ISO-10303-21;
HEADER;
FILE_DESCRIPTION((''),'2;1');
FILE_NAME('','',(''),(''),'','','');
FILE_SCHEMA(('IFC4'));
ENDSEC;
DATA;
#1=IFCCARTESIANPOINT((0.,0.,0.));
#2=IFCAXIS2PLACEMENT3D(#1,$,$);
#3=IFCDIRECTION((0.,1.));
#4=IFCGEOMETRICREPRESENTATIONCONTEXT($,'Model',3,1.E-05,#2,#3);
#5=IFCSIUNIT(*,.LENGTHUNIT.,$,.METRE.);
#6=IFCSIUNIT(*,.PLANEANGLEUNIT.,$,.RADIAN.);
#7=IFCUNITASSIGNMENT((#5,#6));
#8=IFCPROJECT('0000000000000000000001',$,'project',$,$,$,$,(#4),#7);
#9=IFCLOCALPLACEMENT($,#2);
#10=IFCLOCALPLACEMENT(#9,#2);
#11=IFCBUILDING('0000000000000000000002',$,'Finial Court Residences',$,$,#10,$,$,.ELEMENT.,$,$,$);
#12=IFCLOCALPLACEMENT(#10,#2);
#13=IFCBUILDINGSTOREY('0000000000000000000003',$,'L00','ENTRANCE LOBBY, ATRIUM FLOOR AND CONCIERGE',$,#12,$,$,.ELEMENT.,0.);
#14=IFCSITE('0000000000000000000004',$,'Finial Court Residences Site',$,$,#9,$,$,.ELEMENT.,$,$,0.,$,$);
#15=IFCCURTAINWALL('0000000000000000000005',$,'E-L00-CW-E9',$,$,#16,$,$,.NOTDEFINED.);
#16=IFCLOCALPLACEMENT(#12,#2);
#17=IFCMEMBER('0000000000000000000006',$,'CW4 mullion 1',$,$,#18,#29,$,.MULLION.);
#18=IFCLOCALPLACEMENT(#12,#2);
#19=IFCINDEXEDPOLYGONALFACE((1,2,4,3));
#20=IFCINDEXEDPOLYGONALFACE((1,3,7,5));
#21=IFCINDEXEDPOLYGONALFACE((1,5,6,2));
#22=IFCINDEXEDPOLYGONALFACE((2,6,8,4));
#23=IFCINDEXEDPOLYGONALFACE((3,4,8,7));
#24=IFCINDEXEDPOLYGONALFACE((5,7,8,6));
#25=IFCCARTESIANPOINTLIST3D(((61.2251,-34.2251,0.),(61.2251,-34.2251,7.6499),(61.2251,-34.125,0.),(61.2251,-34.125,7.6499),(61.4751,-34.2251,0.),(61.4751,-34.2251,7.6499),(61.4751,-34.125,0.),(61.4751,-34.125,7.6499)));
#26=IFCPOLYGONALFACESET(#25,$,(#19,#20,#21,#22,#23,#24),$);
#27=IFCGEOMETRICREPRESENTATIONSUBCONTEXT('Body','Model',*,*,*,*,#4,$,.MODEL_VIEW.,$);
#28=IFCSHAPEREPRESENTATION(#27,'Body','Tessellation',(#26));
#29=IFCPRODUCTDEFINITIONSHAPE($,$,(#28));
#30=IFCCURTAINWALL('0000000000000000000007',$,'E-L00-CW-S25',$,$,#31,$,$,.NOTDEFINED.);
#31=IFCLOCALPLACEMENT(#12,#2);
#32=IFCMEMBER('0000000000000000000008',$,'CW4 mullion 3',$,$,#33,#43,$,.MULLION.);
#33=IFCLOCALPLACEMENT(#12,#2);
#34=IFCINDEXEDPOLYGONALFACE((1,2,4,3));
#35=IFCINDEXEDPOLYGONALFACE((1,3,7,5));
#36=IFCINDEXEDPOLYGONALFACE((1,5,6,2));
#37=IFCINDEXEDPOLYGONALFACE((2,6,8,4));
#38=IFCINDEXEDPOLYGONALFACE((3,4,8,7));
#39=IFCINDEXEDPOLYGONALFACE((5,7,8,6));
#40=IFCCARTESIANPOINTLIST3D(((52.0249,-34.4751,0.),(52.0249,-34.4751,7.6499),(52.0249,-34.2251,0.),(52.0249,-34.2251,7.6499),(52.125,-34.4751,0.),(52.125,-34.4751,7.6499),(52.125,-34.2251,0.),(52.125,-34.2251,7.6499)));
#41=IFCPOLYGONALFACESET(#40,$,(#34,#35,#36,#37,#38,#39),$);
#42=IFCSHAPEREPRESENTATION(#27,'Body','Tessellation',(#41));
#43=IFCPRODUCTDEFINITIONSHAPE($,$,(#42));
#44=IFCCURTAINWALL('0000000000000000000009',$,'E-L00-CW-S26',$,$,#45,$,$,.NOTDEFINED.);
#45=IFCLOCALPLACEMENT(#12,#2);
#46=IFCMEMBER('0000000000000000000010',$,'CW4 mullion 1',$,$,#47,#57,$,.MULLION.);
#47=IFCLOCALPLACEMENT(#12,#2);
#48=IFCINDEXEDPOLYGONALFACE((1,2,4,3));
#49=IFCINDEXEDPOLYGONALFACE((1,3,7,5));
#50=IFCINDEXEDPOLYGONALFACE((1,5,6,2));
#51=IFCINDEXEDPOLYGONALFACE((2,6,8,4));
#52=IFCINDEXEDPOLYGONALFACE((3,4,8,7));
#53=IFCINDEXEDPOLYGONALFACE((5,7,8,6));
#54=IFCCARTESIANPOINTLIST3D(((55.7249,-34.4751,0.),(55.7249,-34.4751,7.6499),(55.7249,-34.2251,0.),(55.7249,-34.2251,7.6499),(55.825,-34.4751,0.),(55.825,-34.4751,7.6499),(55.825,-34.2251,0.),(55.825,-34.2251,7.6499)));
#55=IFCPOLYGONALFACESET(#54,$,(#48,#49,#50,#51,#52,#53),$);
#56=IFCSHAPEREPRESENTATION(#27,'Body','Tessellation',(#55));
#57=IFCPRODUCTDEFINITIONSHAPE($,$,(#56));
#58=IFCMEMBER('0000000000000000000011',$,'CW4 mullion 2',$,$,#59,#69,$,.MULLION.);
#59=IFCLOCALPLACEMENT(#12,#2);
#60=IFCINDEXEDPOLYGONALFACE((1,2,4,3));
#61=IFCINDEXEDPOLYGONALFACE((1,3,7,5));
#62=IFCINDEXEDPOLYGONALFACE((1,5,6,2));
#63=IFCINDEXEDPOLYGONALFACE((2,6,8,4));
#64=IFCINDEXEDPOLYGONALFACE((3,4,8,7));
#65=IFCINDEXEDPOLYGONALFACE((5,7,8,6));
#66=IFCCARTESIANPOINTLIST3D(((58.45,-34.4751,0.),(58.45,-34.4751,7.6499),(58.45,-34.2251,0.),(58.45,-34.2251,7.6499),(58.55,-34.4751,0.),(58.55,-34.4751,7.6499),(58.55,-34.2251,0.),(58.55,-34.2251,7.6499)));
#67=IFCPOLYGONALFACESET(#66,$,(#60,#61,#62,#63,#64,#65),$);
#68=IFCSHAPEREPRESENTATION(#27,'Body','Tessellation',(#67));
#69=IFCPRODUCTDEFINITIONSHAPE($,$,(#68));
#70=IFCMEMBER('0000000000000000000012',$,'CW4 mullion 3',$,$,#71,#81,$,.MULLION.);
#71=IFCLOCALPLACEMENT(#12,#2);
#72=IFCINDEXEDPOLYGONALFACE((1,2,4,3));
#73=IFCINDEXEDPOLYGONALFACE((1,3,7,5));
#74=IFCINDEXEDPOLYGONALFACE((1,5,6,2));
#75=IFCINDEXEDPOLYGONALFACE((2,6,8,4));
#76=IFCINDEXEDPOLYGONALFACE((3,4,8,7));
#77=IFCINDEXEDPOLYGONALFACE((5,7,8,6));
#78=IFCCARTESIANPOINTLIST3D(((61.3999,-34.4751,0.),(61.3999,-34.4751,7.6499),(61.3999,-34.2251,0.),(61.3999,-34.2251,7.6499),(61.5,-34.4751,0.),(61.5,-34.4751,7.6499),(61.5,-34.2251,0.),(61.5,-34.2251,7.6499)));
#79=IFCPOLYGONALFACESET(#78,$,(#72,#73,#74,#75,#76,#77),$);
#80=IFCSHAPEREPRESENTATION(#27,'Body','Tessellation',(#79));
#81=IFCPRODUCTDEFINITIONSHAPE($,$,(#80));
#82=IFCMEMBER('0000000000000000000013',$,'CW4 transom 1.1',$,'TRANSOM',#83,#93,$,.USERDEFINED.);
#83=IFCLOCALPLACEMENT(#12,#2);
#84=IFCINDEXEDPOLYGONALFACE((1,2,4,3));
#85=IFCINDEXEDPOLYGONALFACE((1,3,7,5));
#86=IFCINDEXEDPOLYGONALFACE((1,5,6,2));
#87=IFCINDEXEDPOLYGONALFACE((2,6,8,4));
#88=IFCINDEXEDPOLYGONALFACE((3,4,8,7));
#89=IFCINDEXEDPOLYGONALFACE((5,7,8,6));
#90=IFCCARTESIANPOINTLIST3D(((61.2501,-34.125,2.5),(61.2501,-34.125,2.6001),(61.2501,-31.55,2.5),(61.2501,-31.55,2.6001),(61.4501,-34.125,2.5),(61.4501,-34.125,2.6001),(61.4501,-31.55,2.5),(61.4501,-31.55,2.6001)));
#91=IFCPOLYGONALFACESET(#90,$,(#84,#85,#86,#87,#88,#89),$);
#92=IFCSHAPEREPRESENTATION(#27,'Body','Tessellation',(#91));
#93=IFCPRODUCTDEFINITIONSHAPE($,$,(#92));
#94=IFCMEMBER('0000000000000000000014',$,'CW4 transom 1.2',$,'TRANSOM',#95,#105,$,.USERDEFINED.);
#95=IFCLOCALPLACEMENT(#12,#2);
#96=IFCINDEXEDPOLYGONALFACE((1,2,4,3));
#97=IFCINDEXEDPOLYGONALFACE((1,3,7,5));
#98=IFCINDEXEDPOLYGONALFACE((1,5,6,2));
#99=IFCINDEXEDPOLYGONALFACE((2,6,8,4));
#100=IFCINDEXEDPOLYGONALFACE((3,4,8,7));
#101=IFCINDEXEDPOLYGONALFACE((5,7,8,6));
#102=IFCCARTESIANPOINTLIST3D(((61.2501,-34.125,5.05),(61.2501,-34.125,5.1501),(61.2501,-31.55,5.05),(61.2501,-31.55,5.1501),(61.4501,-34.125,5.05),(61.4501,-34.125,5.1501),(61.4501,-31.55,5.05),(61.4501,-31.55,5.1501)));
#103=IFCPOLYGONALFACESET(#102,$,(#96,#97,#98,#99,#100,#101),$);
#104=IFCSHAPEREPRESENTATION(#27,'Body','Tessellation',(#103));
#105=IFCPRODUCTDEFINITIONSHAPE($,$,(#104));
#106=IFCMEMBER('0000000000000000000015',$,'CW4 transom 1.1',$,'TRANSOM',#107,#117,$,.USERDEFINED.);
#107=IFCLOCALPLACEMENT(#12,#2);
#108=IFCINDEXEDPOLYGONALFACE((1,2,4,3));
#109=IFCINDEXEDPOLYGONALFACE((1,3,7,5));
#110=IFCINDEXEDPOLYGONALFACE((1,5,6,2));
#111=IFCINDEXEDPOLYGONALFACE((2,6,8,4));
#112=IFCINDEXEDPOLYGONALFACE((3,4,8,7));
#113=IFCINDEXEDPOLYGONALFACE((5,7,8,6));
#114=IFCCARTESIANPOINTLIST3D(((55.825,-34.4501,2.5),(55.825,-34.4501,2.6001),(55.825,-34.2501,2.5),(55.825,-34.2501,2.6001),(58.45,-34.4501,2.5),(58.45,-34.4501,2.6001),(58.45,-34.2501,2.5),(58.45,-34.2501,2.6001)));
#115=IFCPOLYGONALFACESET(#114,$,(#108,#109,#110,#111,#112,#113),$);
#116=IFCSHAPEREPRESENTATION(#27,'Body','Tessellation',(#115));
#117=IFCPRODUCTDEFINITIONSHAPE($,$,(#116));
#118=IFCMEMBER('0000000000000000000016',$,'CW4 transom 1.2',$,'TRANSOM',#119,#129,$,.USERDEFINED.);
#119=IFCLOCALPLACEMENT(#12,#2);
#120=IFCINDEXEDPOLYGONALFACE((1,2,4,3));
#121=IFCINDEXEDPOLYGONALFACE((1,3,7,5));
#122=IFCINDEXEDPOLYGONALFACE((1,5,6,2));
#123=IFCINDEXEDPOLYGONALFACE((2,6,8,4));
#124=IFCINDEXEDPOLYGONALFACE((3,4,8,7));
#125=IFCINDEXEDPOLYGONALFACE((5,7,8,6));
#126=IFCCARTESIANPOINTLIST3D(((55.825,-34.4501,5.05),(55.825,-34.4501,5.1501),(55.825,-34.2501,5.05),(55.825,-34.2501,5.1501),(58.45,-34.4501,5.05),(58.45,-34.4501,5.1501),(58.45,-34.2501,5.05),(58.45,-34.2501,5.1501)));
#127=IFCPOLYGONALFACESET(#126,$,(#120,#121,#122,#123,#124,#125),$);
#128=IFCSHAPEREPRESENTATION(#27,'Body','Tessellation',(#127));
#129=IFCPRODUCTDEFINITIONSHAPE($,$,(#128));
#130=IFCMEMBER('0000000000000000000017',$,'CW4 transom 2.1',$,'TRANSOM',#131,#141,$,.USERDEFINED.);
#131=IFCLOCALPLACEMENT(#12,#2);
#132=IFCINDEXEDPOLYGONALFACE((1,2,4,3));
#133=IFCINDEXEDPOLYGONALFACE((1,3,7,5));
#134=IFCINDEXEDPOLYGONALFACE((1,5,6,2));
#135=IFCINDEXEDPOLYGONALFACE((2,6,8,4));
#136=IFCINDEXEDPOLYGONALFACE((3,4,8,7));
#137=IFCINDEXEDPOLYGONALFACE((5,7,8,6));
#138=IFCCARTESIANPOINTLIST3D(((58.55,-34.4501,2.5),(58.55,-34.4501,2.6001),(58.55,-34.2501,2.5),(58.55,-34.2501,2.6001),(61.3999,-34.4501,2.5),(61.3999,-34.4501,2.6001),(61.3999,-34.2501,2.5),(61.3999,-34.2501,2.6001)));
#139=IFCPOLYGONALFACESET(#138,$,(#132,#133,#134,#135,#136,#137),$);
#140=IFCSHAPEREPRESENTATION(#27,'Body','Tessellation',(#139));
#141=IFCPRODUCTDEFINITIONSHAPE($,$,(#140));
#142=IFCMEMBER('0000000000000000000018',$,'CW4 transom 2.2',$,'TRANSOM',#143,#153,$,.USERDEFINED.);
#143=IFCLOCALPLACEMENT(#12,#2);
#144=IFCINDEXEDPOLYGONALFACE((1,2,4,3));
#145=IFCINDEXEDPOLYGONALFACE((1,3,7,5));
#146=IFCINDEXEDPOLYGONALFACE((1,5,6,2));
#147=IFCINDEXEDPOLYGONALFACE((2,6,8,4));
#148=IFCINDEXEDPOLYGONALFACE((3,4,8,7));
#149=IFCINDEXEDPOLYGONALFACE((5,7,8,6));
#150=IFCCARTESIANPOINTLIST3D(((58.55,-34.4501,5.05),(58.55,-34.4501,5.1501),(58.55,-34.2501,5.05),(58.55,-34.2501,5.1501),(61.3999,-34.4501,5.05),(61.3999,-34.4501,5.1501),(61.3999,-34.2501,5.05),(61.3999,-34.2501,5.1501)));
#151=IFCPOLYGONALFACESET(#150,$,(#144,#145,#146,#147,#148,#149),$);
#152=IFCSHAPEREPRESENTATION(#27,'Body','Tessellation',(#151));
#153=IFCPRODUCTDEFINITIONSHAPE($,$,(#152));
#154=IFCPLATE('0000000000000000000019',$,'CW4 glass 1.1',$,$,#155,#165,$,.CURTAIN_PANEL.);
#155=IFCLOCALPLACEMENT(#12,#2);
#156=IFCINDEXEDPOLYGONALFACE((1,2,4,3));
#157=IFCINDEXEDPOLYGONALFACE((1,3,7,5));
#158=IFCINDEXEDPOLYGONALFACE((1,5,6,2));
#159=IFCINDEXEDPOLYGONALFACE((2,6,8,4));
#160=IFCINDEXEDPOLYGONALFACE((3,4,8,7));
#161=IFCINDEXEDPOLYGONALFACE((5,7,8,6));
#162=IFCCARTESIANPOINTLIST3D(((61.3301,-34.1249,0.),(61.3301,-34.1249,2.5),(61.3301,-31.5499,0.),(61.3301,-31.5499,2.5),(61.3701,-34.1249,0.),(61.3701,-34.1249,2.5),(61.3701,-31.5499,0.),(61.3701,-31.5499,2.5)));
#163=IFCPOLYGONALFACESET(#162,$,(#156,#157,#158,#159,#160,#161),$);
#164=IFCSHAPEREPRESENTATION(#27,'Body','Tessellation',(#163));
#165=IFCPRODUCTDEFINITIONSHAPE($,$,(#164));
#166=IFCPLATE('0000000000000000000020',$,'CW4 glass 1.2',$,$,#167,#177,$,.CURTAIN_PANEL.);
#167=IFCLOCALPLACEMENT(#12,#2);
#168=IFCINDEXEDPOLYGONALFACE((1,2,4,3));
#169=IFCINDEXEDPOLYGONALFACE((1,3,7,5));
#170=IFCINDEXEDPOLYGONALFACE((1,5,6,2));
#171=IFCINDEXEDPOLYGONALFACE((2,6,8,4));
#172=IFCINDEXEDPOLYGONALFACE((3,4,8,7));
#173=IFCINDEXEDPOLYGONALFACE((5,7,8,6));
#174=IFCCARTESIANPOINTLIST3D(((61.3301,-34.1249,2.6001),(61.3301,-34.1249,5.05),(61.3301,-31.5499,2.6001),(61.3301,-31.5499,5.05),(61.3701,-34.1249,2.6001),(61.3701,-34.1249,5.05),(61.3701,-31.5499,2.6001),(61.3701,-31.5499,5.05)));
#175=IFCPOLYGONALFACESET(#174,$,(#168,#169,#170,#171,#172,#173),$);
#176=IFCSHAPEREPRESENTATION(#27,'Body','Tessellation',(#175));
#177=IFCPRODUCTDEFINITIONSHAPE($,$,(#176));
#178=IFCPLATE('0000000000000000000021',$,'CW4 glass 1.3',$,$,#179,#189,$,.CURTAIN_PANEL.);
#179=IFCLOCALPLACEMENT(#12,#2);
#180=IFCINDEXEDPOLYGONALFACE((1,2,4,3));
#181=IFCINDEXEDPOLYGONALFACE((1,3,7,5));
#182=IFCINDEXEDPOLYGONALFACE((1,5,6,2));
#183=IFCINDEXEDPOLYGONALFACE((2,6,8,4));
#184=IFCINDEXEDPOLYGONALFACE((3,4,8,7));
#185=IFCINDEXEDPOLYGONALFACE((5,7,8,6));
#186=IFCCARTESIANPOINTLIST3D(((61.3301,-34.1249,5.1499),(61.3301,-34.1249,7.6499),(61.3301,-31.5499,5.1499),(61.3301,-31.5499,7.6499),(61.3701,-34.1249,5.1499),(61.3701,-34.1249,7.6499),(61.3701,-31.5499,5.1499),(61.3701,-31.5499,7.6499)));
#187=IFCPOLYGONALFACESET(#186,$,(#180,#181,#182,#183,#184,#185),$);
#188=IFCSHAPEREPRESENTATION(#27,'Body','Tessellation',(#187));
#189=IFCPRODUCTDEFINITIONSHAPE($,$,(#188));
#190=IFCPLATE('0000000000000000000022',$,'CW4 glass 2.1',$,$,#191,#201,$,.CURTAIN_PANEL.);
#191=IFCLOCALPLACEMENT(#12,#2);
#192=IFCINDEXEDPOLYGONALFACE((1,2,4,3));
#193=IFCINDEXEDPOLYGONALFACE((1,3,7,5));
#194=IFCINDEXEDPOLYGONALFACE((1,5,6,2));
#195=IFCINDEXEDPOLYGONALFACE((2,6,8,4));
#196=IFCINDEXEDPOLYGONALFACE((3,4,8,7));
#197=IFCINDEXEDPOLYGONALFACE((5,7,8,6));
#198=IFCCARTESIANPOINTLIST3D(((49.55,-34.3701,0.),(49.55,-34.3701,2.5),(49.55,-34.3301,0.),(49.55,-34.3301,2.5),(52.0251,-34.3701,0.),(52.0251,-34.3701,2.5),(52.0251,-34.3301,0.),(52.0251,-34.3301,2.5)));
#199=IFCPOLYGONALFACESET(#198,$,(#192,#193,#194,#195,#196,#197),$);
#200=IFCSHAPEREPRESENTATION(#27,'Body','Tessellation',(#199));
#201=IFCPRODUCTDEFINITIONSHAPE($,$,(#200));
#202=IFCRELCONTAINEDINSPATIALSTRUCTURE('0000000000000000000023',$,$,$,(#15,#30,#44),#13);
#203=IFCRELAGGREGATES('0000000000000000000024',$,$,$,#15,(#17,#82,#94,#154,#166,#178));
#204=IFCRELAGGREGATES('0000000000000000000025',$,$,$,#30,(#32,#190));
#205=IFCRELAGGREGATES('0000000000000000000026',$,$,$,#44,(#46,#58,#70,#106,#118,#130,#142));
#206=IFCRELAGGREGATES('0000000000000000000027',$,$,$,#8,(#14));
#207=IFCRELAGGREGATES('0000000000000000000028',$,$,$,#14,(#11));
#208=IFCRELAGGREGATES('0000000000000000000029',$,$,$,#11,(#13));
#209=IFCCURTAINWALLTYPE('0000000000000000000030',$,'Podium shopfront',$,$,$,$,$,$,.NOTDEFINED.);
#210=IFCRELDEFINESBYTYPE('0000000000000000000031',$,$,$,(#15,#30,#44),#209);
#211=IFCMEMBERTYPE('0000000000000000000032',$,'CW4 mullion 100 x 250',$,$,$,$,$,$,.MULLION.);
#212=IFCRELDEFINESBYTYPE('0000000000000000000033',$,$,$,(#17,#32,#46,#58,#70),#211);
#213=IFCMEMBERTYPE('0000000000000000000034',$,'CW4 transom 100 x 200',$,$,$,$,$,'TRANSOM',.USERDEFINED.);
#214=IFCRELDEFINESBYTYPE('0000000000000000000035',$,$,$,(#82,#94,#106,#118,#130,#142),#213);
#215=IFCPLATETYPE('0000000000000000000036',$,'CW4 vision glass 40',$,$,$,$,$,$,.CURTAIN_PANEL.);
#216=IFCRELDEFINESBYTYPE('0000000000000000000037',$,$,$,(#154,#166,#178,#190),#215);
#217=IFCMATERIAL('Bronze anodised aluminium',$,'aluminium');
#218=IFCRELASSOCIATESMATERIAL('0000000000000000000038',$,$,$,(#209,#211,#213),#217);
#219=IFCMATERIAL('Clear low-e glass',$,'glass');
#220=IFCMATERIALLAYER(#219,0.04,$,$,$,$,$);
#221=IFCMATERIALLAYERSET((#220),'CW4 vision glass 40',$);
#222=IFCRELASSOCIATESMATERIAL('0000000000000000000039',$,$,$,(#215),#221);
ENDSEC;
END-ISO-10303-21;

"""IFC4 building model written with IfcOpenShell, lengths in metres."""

from ifc_helpers import new_model, si_unit, direction, frame, origin, origin_2d, place, context, subcontext, project, spatial, rectangle, extrude, material, layer, layer_set, material_profile, profile_set, type_object, element, aggregate, save


model = new_model("IFC4")

# Units and contexts
model_context = context("Model", 3, precision=1e-05, world=origin(), true_north=direction((0.0, 1.0)))
body_context = subcontext(model_context, "Body", "Model", "MODEL_VIEW")
ifc_project = project(units=[si_unit("LENGTHUNIT", "METRE"), si_unit("PLANEANGLEUNIT", "RADIAN")], contexts=[model_context])

# Site, building, storey
site_placement = place(None, origin())
site = spatial("IfcSite", under=ifc_project, at=site_placement, Name="Finial Court Residences Site", CompositionType="ELEMENT", RefElevation=0.0)
building_placement = place(site_placement, origin())
building = spatial("IfcBuilding", under=site, at=building_placement, Name="Finial Court Residences", CompositionType="ELEMENT")
storey_placement = place(building_placement, origin())
storey = spatial("IfcBuildingStorey", under=building, at=storey_placement, Name="L00", Description="ENTRANCE LOBBY, ATRIUM FLOOR AND CONCIERGE", CompositionType="ELEMENT", Elevation=0.0)

# Curtain walls, members
ifc_material_1 = material(Name="Bronze anodised aluminium", Category="aluminium")
curtain_wall_type = type_object("IfcCurtainWallType", Name="Podium shopfront", PredefinedType="NOTDEFINED", material=ifc_material_1)
curtain_wall_1_placement = place(storey_placement, origin())
curtain_wall_1 = element("IfcCurtainWall", 1, at=curtain_wall_1_placement, inside=storey, type_object=curtain_wall_type, Name="E-L00-CW-E9", PredefinedType="NOTDEFINED")
ifc_material_profile_1 = material_profile(ifc_material_1, rectangle(XDim=0.25, YDim=0.1001, at=origin_2d()), Name="CW4 mullion 100 x 250")
ifc_profile_set_1 = profile_set([ifc_material_profile_1], Name="Bronze anodised aluminium")
member_type_1 = type_object("IfcMemberType", Name="CW4 mullion 100 x 250", PredefinedType="MULLION", material=ifc_profile_set_1)
member_1_placement = place(storey_placement, frame((61.3501, -34.175, 0.0), z_axis=(0.0, 0.0, 1.0), x_axis=(-1.0, 0.0, 0.0)))
member_1 = element("IfcMember", 2, at=member_1_placement, type_object=member_type_1, Name="CW4 mullion 1", PredefinedType="MULLION", context=body_context, shape_type="SweptSolid", body=[
    extrude(rectangle(XDim=0.25, YDim=0.1001, at=origin_2d()), origin(), (0.0, 0.0, 1.0), 7.6499),
])
curtain_wall_2_placement = place(storey_placement, origin())
curtain_wall_2 = element("IfcCurtainWall", 3, at=curtain_wall_2_placement, inside=storey, type_object=curtain_wall_type, Name="E-L00-CW-S25", PredefinedType="NOTDEFINED")
member_2_placement = place(storey_placement, frame((52.075, -34.3501, 0.0), z_axis=(0.0, 0.0, 1.0), x_axis=(0.0, 1.0, 0.0)))
member_2 = element("IfcMember", 4, at=member_2_placement, type_object=member_type_1, Name="CW4 mullion 3", PredefinedType="MULLION", context=body_context, shape_type="SweptSolid", body=[
    extrude(rectangle(XDim=0.25, YDim=0.1001, at=origin_2d()), origin(), (0.0, 0.0, 1.0), 7.6499),
])

# Curtain wall, members
curtain_wall_3_placement = place(storey_placement, origin())
curtain_wall_3 = element("IfcCurtainWall", 5, at=curtain_wall_3_placement, inside=storey, type_object=curtain_wall_type, Name="E-L00-CW-S26", PredefinedType="NOTDEFINED")
member_3_placement = place(storey_placement, frame((55.7749, -34.3501, 0.0), z_axis=(0.0, 0.0, 1.0), x_axis=(0.0, 1.0, 0.0)))
member_3 = element("IfcMember", 6, at=member_3_placement, type_object=member_type_1, Name="CW4 mullion 1", PredefinedType="MULLION", context=body_context, shape_type="SweptSolid", body=[
    extrude(rectangle(XDim=0.25, YDim=0.1001, at=origin_2d()), origin(), (0.0, 0.0, 1.0), 7.6499),
])
member_4_placement = place(storey_placement, frame((58.5, -34.3501, 0.0), z_axis=(0.0, 0.0, 1.0), x_axis=(0.0, 1.0, 0.0)))
member_4 = element("IfcMember", 7, at=member_4_placement, type_object=member_type_1, Name="CW4 mullion 2", PredefinedType="MULLION", context=body_context, shape_type="SweptSolid", body=[
    extrude(rectangle(XDim=0.25, YDim=0.1001, at=origin_2d()), origin(), (0.0, 0.0, 1.0), 7.6499),
])
member_5_placement = place(storey_placement, frame((61.45, -34.3501, 0.0), z_axis=(0.0, 0.0, 1.0), x_axis=(0.0, 1.0, 0.0)))
member_5 = element("IfcMember", 8, at=member_5_placement, type_object=member_type_1, Name="CW4 mullion 3", PredefinedType="MULLION", context=body_context, shape_type="SweptSolid", body=[
    extrude(rectangle(XDim=0.25, YDim=0.1001, at=origin_2d()), origin(), (0.0, 0.0, 1.0), 7.6499),
])

# Members
ifc_material_profile_2 = material_profile(ifc_material_1, rectangle(XDim=0.2, YDim=0.1001, at=origin_2d()), Name="CW4 transom 100 x 200")
ifc_profile_set_2 = profile_set([ifc_material_profile_2], Name="Bronze anodised aluminium")
member_type_2 = type_object("IfcMemberType", Name="CW4 transom 100 x 200", ElementType="TRANSOM", PredefinedType="USERDEFINED", material=ifc_profile_set_2)
member_6_placement = place(storey_placement, frame((61.3501, -34.125, 2.55), z_axis=(0.0, 1.0, 0.0), x_axis=(-1.0, 0.0, 0.0)))
member_6 = element("IfcMember", 9, at=member_6_placement, type_object=member_type_2, Name="CW4 transom 1.1", ObjectType="TRANSOM", PredefinedType="USERDEFINED", context=body_context, shape_type="SweptSolid", body=[
    extrude(rectangle(XDim=0.2, YDim=0.1001, at=origin_2d()), origin(), (0.0, 0.0, 1.0), 2.575),
])
member_7_placement = place(storey_placement, frame((61.3501, -34.125, 5.1001), z_axis=(0.0, 1.0, 0.0), x_axis=(-1.0, 0.0, 0.0)))
member_7 = element("IfcMember", 10, at=member_7_placement, type_object=member_type_2, Name="CW4 transom 1.2", ObjectType="TRANSOM", PredefinedType="USERDEFINED", context=body_context, shape_type="SweptSolid", body=[
    extrude(rectangle(XDim=0.2, YDim=0.1001, at=origin_2d()), origin(), (0.0, 0.0, 1.0), 2.575),
])
member_8_placement = place(storey_placement, frame((55.825, -34.3501, 2.55), z_axis=(1.0, 0.0, 0.0), x_axis=(0.0, 1.0, 0.0)))
member_8 = element("IfcMember", 11, at=member_8_placement, type_object=member_type_2, Name="CW4 transom 1.1", ObjectType="TRANSOM", PredefinedType="USERDEFINED", context=body_context, shape_type="SweptSolid", body=[
    extrude(rectangle(XDim=0.2, YDim=0.1001, at=origin_2d()), origin(), (0.0, 0.0, 1.0), 2.625),
])
member_9_placement = place(storey_placement, frame((55.825, -34.3501, 5.1001), z_axis=(1.0, 0.0, 0.0), x_axis=(0.0, 1.0, 0.0)))
member_9 = element("IfcMember", 12, at=member_9_placement, type_object=member_type_2, Name="CW4 transom 1.2", ObjectType="TRANSOM", PredefinedType="USERDEFINED", context=body_context, shape_type="SweptSolid", body=[
    extrude(rectangle(XDim=0.2, YDim=0.1001, at=origin_2d()), origin(), (0.0, 0.0, 1.0), 2.625),
])
member_10_placement = place(storey_placement, frame((58.55, -34.3501, 2.55), z_axis=(1.0, 0.0, 0.0), x_axis=(0.0, 1.0, 0.0)))
member_10 = element("IfcMember", 13, at=member_10_placement, type_object=member_type_2, Name="CW4 transom 2.1", ObjectType="TRANSOM", PredefinedType="USERDEFINED", context=body_context, shape_type="SweptSolid", body=[
    extrude(rectangle(XDim=0.2, YDim=0.1001, at=origin_2d()), origin(), (0.0, 0.0, 1.0), 2.8499),
])
member_11_placement = place(storey_placement, frame((58.55, -34.3501, 5.1001), z_axis=(1.0, 0.0, 0.0), x_axis=(0.0, 1.0, 0.0)))
member_11 = element("IfcMember", 14, at=member_11_placement, type_object=member_type_2, Name="CW4 transom 2.2", ObjectType="TRANSOM", PredefinedType="USERDEFINED", context=body_context, shape_type="SweptSolid", body=[
    extrude(rectangle(XDim=0.2, YDim=0.1001, at=origin_2d()), origin(), (0.0, 0.0, 1.0), 2.8499),
])

# Plates
ifc_material_2 = material(Name="Clear low-e glass", Category="glass")
ifc_layer_1 = layer(ifc_material_2, 0.04)
ifc_layer_set_1 = layer_set([ifc_layer_1], Name="CW4 vision glass 40")
plate_type = type_object("IfcPlateType", Name="CW4 vision glass 40", PredefinedType="CURTAIN_PANEL", material=ifc_layer_set_1)
plate_1_placement = place(storey_placement, frame((61.3501, -32.8374, 0.0), z_axis=(0.0, 0.0, 1.0), x_axis=(0.0, 1.0, 0.0)))
plate_1 = element("IfcPlate", 15, at=plate_1_placement, type_object=plate_type, Name="CW4 glass 1.1", PredefinedType="CURTAIN_PANEL", context=body_context, shape_type="SweptSolid", body=[
    extrude(rectangle(XDim=2.575, YDim=0.04, at=origin_2d()), origin(), (0.0, 0.0, 1.0), 2.5),
])
plate_2_placement = place(storey_placement, frame((61.3501, -32.8374, 2.6001), z_axis=(0.0, 0.0, 1.0), x_axis=(0.0, 1.0, 0.0)))
plate_2 = element("IfcPlate", 16, at=plate_2_placement, type_object=plate_type, Name="CW4 glass 1.2", PredefinedType="CURTAIN_PANEL", context=body_context, shape_type="SweptSolid", body=[
    extrude(rectangle(XDim=2.575, YDim=0.04, at=origin_2d()), origin(), (0.0, 0.0, 1.0), 2.45),
])
plate_3_placement = place(storey_placement, frame((61.3501, -32.8374, 5.1499), z_axis=(0.0, 0.0, 1.0), x_axis=(0.0, 1.0, 0.0)))
plate_3 = element("IfcPlate", 17, at=plate_3_placement, type_object=plate_type, Name="CW4 glass 1.3", PredefinedType="CURTAIN_PANEL", context=body_context, shape_type="SweptSolid", body=[
    extrude(rectangle(XDim=2.575, YDim=0.04, at=origin_2d()), origin(), (0.0, 0.0, 1.0), 2.5),
])
aggregate(curtain_wall_1, [member_1, member_6, member_7, plate_1, plate_2, plate_3])
plate_4_placement = place(storey_placement, frame((50.7876, -34.3501, 0.0), z_axis=(0.0, 0.0, 1.0), x_axis=(1.0, 0.0, 0.0)))
plate_4 = element("IfcPlate", 18, at=plate_4_placement, type_object=plate_type, Name="CW4 glass 2.1", PredefinedType="CURTAIN_PANEL", context=body_context, shape_type="SweptSolid", body=[
    extrude(rectangle(XDim=2.4751, YDim=0.04, at=origin_2d()), origin(), (0.0, 0.0, 1.0), 2.5),
])
aggregate(curtain_wall_2, [member_2, plate_4])
aggregate(curtain_wall_3, [member_3, member_4, member_5, member_8, member_9, member_10, member_11])

save(model, "model.ifc")
